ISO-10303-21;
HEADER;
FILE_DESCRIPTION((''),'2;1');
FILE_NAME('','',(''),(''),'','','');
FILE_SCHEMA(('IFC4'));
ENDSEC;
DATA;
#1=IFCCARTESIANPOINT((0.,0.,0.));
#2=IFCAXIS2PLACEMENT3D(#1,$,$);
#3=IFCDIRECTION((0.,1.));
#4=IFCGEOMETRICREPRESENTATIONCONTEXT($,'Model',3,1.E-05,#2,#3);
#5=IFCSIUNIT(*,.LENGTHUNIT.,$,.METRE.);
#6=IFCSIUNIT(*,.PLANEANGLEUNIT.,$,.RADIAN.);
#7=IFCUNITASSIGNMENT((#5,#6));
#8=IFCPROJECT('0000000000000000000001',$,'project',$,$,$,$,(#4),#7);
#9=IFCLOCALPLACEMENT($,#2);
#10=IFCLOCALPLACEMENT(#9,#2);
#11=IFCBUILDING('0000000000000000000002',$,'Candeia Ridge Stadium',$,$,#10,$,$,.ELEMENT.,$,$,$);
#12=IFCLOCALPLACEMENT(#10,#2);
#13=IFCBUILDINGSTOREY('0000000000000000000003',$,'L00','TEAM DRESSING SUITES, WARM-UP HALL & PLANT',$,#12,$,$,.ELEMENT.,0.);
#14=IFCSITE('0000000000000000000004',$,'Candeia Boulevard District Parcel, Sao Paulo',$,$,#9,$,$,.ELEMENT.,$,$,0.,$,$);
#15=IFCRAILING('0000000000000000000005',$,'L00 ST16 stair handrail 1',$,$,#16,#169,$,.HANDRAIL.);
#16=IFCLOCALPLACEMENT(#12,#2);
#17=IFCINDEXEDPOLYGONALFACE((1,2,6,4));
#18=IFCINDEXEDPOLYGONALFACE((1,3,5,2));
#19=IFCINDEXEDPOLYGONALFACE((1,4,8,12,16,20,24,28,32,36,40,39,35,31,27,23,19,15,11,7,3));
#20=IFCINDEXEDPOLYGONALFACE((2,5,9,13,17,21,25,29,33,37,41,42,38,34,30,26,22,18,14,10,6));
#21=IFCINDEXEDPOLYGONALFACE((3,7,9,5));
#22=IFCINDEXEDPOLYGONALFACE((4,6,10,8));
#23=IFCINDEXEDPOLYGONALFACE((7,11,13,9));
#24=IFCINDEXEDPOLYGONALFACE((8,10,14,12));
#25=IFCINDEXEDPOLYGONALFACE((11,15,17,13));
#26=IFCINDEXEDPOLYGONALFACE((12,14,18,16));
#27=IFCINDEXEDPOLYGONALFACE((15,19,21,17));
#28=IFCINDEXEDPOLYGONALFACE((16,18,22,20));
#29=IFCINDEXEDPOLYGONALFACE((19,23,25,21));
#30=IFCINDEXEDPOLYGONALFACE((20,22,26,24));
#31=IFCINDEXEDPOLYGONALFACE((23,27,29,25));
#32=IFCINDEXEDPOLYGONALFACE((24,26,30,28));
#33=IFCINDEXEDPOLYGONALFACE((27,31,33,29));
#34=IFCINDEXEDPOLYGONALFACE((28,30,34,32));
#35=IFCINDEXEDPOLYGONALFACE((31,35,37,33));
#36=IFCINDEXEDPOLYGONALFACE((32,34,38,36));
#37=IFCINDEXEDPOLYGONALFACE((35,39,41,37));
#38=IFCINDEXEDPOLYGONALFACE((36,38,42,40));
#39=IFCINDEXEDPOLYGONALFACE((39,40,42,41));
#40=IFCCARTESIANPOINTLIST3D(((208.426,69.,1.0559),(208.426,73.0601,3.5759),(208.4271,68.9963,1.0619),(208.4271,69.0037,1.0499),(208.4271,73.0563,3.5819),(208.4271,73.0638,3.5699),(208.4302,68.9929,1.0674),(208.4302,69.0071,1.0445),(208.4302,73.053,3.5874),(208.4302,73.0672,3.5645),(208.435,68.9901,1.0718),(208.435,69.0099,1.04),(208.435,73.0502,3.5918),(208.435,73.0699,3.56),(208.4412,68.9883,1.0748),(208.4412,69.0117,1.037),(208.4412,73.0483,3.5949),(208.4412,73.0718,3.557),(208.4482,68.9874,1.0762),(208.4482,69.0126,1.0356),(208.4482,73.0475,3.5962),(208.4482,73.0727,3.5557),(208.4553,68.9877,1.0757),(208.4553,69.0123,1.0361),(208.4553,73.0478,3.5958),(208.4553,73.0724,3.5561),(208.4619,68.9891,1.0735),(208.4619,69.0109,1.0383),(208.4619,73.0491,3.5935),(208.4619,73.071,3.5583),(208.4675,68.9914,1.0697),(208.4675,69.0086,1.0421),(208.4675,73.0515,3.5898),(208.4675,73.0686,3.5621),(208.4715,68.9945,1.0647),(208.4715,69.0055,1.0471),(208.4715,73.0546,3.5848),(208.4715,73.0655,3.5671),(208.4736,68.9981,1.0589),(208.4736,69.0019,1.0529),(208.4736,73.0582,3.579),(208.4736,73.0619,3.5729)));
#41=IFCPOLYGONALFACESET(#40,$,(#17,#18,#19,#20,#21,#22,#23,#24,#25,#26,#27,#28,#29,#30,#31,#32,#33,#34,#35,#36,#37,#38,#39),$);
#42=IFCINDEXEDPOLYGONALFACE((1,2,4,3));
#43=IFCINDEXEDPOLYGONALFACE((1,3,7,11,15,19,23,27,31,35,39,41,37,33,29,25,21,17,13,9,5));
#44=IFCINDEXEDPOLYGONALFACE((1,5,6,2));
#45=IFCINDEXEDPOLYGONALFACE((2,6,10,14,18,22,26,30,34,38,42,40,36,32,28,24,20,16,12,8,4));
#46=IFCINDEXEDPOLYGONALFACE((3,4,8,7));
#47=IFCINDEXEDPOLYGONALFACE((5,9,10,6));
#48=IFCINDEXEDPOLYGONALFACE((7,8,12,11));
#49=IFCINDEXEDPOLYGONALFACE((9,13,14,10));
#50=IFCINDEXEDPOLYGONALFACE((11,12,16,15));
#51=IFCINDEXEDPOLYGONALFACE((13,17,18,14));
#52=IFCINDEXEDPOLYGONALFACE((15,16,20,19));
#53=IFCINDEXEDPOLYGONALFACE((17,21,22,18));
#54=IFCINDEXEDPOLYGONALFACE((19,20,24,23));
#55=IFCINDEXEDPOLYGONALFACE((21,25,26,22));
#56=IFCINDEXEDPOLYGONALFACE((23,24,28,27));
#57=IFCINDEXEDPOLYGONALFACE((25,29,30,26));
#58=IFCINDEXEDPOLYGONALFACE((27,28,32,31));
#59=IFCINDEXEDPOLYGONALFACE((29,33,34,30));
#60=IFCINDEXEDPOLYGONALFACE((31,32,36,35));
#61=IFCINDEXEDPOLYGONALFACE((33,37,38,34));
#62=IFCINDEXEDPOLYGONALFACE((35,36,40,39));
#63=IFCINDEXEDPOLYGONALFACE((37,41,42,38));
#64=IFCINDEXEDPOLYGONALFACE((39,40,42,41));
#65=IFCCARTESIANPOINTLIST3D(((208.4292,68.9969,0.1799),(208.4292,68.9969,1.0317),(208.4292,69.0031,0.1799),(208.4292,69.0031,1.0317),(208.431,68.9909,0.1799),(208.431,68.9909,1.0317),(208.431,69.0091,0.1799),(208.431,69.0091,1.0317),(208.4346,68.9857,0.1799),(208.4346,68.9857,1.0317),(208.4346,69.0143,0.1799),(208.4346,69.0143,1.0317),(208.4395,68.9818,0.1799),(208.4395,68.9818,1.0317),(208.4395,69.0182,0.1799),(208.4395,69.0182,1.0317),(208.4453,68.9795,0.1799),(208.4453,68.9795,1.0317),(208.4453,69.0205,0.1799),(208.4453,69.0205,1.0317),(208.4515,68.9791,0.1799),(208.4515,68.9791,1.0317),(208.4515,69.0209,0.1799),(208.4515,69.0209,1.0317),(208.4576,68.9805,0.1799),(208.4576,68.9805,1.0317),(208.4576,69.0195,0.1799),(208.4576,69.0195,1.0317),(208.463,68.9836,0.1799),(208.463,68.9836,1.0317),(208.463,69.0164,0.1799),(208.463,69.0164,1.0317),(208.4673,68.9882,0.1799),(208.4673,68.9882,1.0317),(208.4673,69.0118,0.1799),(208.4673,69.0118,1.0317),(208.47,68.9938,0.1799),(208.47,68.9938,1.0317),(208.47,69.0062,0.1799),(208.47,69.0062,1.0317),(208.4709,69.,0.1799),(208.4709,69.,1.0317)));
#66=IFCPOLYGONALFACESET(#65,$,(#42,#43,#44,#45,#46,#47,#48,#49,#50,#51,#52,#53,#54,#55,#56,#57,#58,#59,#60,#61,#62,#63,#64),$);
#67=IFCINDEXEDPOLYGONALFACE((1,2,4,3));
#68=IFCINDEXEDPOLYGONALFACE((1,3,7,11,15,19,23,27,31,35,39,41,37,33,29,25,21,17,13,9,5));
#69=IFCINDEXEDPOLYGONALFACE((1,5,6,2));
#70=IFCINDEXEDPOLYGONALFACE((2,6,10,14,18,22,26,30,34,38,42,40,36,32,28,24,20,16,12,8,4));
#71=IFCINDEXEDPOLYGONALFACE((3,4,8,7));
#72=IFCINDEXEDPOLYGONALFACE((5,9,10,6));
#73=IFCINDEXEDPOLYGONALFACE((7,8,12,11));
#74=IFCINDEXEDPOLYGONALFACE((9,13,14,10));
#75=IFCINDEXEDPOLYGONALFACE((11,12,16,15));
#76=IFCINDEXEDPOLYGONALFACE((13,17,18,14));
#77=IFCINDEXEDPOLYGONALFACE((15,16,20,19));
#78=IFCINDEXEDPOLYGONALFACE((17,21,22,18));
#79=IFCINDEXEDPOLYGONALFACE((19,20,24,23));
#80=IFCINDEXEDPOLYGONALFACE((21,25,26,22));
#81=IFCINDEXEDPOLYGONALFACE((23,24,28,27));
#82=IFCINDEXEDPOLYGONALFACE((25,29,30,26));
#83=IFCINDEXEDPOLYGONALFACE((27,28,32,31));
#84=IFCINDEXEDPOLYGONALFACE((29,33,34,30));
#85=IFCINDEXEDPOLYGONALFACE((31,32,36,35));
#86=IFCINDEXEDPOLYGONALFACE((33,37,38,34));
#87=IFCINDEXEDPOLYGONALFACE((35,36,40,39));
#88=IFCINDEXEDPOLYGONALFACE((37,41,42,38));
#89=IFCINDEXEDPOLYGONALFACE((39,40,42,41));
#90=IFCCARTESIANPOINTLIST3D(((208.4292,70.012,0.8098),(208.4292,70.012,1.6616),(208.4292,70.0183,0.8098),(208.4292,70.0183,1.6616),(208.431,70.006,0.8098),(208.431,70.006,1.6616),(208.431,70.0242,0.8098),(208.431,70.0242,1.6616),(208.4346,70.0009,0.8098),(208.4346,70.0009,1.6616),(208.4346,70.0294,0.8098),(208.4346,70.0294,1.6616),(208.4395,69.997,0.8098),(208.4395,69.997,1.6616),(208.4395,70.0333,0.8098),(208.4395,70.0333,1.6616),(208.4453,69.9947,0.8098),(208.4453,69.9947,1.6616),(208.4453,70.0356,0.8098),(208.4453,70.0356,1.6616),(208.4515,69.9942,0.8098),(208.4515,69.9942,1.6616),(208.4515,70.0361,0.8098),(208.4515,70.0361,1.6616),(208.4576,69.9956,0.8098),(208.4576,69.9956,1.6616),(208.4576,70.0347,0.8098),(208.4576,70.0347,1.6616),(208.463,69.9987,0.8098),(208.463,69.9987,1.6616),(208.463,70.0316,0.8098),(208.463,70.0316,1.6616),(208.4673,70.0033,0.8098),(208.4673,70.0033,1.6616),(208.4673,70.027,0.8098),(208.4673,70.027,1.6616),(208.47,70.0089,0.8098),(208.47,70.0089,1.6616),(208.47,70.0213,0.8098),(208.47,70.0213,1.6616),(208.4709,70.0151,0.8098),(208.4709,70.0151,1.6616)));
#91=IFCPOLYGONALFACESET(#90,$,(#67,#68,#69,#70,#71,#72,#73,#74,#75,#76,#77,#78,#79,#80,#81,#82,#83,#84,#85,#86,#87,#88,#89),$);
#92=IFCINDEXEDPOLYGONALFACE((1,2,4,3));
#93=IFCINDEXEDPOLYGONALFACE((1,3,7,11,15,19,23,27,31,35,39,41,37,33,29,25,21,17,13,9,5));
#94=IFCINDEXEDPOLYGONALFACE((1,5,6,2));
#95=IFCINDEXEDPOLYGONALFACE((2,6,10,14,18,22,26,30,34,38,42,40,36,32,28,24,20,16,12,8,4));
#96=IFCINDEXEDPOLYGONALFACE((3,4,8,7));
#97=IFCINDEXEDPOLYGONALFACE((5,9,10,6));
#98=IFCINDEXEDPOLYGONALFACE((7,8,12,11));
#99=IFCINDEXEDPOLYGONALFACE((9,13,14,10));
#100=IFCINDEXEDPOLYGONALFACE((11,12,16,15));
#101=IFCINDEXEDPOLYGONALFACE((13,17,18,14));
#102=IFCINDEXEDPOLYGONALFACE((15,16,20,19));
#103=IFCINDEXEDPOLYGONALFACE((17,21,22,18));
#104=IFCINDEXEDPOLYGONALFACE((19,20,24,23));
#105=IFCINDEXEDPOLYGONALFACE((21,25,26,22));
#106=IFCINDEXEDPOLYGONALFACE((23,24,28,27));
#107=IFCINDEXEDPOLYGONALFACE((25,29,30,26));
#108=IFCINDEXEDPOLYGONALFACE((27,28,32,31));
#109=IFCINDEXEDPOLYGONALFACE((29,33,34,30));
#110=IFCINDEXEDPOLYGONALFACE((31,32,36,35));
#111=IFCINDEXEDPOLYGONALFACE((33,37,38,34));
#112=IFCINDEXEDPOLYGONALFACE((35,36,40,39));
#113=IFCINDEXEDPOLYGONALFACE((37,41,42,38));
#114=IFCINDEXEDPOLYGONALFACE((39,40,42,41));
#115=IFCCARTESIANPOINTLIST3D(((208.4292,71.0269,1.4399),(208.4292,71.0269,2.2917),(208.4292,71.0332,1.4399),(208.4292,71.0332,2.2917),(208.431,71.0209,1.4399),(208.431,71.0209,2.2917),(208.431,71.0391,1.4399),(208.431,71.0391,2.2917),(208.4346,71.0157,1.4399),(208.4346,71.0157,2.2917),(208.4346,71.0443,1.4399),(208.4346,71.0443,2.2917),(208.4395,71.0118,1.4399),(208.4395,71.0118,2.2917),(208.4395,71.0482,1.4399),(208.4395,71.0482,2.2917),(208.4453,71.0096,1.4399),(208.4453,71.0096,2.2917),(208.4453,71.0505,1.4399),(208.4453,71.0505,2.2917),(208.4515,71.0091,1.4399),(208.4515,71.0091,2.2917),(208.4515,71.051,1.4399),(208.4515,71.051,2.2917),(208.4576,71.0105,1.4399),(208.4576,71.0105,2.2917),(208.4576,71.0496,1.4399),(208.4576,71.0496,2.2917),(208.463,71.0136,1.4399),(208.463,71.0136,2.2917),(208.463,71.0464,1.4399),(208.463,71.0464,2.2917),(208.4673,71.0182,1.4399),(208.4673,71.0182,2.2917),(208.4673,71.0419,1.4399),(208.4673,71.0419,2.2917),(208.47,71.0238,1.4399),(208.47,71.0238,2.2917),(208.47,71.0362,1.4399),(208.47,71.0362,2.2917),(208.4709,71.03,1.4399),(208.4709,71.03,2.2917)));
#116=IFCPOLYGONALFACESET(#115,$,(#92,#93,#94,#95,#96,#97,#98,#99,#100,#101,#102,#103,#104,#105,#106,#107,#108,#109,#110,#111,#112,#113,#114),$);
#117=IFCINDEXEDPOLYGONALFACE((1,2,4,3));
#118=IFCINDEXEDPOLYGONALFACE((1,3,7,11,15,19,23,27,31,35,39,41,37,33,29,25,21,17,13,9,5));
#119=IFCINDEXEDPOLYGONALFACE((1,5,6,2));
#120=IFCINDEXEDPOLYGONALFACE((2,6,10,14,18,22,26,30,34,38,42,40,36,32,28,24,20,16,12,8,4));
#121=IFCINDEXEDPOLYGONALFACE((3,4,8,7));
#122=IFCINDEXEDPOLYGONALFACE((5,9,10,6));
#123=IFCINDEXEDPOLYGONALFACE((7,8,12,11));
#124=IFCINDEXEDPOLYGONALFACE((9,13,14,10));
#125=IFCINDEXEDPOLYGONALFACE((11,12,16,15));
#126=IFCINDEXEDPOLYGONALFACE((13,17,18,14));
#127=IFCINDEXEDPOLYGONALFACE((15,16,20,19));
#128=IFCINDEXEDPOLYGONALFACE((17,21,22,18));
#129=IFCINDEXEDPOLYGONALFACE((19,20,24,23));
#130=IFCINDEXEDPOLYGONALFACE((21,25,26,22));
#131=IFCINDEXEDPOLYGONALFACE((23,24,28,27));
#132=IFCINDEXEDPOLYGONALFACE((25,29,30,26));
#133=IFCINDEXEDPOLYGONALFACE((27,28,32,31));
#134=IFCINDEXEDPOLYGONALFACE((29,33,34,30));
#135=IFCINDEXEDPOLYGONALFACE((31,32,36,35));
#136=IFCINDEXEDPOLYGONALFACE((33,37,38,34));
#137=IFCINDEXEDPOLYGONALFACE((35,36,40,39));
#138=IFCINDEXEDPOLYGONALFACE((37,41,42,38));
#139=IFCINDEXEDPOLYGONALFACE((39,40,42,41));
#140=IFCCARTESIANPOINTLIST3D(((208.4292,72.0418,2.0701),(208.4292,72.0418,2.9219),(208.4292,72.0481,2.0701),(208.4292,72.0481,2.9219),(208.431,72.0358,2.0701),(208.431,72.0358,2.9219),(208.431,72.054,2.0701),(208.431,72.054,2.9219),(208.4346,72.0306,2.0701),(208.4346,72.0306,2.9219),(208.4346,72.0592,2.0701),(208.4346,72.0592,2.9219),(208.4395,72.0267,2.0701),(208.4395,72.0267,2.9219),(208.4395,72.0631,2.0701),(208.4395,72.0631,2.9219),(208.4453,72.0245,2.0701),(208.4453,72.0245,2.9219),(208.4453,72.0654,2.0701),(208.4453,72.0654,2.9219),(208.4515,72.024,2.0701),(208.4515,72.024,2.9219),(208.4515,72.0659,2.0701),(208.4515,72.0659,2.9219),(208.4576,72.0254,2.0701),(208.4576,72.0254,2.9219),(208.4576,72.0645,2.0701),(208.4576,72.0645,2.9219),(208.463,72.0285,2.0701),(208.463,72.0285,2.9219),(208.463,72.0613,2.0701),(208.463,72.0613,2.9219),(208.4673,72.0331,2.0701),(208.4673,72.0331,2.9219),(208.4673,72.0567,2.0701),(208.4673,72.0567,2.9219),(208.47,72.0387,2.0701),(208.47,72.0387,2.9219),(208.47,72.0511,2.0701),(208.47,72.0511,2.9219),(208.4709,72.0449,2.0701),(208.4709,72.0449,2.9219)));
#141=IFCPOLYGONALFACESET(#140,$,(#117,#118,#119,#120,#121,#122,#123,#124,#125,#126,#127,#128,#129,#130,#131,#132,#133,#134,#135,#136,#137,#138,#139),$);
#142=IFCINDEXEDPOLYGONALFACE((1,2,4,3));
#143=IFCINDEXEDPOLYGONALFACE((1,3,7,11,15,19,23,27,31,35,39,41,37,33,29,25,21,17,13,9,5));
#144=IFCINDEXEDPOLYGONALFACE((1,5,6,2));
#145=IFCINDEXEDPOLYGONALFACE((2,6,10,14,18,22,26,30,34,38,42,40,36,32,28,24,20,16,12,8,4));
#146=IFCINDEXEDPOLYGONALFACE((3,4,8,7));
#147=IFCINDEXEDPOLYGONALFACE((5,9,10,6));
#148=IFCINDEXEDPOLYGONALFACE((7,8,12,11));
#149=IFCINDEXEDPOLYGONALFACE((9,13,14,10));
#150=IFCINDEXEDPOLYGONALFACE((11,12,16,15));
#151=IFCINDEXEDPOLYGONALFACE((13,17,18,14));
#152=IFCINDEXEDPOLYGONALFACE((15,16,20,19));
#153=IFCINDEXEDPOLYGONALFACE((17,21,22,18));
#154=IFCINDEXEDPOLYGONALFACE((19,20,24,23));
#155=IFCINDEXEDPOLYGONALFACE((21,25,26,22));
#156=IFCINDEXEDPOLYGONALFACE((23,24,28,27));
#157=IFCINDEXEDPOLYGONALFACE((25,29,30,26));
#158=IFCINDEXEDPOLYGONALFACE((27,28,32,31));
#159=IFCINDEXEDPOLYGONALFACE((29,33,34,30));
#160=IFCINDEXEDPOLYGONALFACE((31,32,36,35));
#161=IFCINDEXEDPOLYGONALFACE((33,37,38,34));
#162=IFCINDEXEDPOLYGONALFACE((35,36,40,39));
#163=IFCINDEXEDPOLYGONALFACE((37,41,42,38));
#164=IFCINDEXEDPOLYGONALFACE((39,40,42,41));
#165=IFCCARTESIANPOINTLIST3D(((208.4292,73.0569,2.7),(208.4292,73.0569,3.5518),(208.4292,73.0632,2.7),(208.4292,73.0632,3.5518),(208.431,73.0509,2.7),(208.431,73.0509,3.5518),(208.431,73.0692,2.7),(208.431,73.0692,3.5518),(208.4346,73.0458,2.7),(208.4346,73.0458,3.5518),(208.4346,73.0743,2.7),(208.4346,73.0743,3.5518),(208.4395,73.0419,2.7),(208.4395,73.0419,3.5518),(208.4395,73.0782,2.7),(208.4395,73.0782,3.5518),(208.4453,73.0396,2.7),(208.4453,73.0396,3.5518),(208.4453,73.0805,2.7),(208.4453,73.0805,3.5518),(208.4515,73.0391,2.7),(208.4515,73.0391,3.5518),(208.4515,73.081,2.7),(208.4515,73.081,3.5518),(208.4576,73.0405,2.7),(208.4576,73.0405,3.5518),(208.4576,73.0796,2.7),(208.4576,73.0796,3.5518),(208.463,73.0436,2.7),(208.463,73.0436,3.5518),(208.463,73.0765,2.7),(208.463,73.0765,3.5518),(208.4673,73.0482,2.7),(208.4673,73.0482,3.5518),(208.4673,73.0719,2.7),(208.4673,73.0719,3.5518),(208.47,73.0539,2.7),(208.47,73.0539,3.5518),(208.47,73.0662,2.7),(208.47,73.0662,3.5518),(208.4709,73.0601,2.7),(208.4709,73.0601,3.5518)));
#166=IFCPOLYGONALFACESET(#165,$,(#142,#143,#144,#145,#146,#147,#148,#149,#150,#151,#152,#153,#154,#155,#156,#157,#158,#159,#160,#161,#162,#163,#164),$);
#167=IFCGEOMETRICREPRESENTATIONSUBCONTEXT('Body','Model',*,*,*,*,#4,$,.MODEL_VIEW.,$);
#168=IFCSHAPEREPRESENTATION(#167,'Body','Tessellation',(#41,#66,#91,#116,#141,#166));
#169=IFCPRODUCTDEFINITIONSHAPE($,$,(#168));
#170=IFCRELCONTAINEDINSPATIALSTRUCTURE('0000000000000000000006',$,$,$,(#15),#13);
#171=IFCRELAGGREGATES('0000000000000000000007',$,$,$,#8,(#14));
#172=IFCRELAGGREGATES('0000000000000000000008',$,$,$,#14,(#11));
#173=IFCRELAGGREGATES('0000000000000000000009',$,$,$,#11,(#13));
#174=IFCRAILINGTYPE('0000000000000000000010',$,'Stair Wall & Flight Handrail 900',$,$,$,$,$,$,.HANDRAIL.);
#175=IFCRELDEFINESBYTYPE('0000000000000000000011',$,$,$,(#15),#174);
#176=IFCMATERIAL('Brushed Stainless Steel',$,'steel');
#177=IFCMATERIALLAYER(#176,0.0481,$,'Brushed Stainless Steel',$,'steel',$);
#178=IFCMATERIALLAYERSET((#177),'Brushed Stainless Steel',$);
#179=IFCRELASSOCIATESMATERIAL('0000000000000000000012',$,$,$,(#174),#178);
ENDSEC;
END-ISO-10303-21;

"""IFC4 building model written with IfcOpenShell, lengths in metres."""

from ifc_helpers import new_model, si_unit, direction, frame, origin, origin_2d, place, context, subcontext, project, spatial, circle, extrude, material, layer, layer_set, type_object, element, save


model = new_model("IFC4")

# Units and contexts
model_context = context("Model", 3, precision=1e-05, world=origin(), true_north=direction((0.0, 1.0)))
body_context = subcontext(model_context, "Body", "Model", "MODEL_VIEW")
ifc_project = project(units=[si_unit("LENGTHUNIT", "METRE"), si_unit("PLANEANGLEUNIT", "RADIAN")], contexts=[model_context])

# Site, building, storey
site_placement = place(None, origin())
site = spatial("IfcSite", under=ifc_project, at=site_placement, Name="Candeia Boulevard District Parcel, Sao Paulo", CompositionType="ELEMENT", RefElevation=0.0)
building_placement = place(site_placement, origin())
building = spatial("IfcBuilding", under=site, at=building_placement, Name="Candeia Ridge Stadium", CompositionType="ELEMENT")
storey_placement = place(building_placement, origin())
storey = spatial("IfcBuildingStorey", under=building, at=storey_placement, Name="L00", Description="TEAM DRESSING SUITES, WARM-UP HALL & PLANT", CompositionType="ELEMENT", Elevation=0.0)

# Railing
ifc_material_1 = material(Name="Brushed Stainless Steel", Category="steel")
ifc_layer_1 = layer(ifc_material_1, 0.0481, Name="Brushed Stainless Steel", Category="steel")
ifc_layer_set_1 = layer_set([ifc_layer_1], Name="Brushed Stainless Steel")
railing_type_1 = type_object("IfcRailingType", Name="Stair Wall & Flight Handrail 900", PredefinedType="HANDRAIL", material=ifc_layer_set_1)
railing_1_placement = place(storey_placement, frame((208.45, 69.0, 0.1799)))
element("IfcRailing", 1, at=railing_1_placement, inside=storey, type_object=railing_type_1, Name="L00 ST16 stair handrail 1", PredefinedType="HANDRAIL", context=body_context, shape_type="SweptSolid", body=[
    extrude(circle(Radius=0.0239, at=origin_2d()), frame((0.0, 0.0, 0.876), z_axis=(0.0, 0.849642, 0.52736), x_axis=(-1.0, 0.0, 0.0)), (0.0, 0.0, 1.0), 4.7786),
    extrude(circle(Radius=0.021, at=origin_2d()), origin(), (0.0, 0.0, 1.0), 0.8518),
    extrude(circle(Radius=0.021, at=origin_2d()), frame((0.0, 1.0151, 0.6299)), (0.0, 0.0, 1.0), 0.8518),
    extrude(circle(Radius=0.021, at=origin_2d()), frame((0.0, 2.03, 1.26)), (0.0, 0.0, 1.0), 0.8518),
    extrude(circle(Radius=0.021, at=origin_2d()), frame((0.0, 3.0449, 1.8901)), (0.0, 0.0, 1.0), 0.8518),
    extrude(circle(Radius=0.021, at=origin_2d()), frame((0.0, 4.0601, 2.52)), (0.0, 0.0, 1.0), 0.8518),
])

save(model, "model.ifc")
